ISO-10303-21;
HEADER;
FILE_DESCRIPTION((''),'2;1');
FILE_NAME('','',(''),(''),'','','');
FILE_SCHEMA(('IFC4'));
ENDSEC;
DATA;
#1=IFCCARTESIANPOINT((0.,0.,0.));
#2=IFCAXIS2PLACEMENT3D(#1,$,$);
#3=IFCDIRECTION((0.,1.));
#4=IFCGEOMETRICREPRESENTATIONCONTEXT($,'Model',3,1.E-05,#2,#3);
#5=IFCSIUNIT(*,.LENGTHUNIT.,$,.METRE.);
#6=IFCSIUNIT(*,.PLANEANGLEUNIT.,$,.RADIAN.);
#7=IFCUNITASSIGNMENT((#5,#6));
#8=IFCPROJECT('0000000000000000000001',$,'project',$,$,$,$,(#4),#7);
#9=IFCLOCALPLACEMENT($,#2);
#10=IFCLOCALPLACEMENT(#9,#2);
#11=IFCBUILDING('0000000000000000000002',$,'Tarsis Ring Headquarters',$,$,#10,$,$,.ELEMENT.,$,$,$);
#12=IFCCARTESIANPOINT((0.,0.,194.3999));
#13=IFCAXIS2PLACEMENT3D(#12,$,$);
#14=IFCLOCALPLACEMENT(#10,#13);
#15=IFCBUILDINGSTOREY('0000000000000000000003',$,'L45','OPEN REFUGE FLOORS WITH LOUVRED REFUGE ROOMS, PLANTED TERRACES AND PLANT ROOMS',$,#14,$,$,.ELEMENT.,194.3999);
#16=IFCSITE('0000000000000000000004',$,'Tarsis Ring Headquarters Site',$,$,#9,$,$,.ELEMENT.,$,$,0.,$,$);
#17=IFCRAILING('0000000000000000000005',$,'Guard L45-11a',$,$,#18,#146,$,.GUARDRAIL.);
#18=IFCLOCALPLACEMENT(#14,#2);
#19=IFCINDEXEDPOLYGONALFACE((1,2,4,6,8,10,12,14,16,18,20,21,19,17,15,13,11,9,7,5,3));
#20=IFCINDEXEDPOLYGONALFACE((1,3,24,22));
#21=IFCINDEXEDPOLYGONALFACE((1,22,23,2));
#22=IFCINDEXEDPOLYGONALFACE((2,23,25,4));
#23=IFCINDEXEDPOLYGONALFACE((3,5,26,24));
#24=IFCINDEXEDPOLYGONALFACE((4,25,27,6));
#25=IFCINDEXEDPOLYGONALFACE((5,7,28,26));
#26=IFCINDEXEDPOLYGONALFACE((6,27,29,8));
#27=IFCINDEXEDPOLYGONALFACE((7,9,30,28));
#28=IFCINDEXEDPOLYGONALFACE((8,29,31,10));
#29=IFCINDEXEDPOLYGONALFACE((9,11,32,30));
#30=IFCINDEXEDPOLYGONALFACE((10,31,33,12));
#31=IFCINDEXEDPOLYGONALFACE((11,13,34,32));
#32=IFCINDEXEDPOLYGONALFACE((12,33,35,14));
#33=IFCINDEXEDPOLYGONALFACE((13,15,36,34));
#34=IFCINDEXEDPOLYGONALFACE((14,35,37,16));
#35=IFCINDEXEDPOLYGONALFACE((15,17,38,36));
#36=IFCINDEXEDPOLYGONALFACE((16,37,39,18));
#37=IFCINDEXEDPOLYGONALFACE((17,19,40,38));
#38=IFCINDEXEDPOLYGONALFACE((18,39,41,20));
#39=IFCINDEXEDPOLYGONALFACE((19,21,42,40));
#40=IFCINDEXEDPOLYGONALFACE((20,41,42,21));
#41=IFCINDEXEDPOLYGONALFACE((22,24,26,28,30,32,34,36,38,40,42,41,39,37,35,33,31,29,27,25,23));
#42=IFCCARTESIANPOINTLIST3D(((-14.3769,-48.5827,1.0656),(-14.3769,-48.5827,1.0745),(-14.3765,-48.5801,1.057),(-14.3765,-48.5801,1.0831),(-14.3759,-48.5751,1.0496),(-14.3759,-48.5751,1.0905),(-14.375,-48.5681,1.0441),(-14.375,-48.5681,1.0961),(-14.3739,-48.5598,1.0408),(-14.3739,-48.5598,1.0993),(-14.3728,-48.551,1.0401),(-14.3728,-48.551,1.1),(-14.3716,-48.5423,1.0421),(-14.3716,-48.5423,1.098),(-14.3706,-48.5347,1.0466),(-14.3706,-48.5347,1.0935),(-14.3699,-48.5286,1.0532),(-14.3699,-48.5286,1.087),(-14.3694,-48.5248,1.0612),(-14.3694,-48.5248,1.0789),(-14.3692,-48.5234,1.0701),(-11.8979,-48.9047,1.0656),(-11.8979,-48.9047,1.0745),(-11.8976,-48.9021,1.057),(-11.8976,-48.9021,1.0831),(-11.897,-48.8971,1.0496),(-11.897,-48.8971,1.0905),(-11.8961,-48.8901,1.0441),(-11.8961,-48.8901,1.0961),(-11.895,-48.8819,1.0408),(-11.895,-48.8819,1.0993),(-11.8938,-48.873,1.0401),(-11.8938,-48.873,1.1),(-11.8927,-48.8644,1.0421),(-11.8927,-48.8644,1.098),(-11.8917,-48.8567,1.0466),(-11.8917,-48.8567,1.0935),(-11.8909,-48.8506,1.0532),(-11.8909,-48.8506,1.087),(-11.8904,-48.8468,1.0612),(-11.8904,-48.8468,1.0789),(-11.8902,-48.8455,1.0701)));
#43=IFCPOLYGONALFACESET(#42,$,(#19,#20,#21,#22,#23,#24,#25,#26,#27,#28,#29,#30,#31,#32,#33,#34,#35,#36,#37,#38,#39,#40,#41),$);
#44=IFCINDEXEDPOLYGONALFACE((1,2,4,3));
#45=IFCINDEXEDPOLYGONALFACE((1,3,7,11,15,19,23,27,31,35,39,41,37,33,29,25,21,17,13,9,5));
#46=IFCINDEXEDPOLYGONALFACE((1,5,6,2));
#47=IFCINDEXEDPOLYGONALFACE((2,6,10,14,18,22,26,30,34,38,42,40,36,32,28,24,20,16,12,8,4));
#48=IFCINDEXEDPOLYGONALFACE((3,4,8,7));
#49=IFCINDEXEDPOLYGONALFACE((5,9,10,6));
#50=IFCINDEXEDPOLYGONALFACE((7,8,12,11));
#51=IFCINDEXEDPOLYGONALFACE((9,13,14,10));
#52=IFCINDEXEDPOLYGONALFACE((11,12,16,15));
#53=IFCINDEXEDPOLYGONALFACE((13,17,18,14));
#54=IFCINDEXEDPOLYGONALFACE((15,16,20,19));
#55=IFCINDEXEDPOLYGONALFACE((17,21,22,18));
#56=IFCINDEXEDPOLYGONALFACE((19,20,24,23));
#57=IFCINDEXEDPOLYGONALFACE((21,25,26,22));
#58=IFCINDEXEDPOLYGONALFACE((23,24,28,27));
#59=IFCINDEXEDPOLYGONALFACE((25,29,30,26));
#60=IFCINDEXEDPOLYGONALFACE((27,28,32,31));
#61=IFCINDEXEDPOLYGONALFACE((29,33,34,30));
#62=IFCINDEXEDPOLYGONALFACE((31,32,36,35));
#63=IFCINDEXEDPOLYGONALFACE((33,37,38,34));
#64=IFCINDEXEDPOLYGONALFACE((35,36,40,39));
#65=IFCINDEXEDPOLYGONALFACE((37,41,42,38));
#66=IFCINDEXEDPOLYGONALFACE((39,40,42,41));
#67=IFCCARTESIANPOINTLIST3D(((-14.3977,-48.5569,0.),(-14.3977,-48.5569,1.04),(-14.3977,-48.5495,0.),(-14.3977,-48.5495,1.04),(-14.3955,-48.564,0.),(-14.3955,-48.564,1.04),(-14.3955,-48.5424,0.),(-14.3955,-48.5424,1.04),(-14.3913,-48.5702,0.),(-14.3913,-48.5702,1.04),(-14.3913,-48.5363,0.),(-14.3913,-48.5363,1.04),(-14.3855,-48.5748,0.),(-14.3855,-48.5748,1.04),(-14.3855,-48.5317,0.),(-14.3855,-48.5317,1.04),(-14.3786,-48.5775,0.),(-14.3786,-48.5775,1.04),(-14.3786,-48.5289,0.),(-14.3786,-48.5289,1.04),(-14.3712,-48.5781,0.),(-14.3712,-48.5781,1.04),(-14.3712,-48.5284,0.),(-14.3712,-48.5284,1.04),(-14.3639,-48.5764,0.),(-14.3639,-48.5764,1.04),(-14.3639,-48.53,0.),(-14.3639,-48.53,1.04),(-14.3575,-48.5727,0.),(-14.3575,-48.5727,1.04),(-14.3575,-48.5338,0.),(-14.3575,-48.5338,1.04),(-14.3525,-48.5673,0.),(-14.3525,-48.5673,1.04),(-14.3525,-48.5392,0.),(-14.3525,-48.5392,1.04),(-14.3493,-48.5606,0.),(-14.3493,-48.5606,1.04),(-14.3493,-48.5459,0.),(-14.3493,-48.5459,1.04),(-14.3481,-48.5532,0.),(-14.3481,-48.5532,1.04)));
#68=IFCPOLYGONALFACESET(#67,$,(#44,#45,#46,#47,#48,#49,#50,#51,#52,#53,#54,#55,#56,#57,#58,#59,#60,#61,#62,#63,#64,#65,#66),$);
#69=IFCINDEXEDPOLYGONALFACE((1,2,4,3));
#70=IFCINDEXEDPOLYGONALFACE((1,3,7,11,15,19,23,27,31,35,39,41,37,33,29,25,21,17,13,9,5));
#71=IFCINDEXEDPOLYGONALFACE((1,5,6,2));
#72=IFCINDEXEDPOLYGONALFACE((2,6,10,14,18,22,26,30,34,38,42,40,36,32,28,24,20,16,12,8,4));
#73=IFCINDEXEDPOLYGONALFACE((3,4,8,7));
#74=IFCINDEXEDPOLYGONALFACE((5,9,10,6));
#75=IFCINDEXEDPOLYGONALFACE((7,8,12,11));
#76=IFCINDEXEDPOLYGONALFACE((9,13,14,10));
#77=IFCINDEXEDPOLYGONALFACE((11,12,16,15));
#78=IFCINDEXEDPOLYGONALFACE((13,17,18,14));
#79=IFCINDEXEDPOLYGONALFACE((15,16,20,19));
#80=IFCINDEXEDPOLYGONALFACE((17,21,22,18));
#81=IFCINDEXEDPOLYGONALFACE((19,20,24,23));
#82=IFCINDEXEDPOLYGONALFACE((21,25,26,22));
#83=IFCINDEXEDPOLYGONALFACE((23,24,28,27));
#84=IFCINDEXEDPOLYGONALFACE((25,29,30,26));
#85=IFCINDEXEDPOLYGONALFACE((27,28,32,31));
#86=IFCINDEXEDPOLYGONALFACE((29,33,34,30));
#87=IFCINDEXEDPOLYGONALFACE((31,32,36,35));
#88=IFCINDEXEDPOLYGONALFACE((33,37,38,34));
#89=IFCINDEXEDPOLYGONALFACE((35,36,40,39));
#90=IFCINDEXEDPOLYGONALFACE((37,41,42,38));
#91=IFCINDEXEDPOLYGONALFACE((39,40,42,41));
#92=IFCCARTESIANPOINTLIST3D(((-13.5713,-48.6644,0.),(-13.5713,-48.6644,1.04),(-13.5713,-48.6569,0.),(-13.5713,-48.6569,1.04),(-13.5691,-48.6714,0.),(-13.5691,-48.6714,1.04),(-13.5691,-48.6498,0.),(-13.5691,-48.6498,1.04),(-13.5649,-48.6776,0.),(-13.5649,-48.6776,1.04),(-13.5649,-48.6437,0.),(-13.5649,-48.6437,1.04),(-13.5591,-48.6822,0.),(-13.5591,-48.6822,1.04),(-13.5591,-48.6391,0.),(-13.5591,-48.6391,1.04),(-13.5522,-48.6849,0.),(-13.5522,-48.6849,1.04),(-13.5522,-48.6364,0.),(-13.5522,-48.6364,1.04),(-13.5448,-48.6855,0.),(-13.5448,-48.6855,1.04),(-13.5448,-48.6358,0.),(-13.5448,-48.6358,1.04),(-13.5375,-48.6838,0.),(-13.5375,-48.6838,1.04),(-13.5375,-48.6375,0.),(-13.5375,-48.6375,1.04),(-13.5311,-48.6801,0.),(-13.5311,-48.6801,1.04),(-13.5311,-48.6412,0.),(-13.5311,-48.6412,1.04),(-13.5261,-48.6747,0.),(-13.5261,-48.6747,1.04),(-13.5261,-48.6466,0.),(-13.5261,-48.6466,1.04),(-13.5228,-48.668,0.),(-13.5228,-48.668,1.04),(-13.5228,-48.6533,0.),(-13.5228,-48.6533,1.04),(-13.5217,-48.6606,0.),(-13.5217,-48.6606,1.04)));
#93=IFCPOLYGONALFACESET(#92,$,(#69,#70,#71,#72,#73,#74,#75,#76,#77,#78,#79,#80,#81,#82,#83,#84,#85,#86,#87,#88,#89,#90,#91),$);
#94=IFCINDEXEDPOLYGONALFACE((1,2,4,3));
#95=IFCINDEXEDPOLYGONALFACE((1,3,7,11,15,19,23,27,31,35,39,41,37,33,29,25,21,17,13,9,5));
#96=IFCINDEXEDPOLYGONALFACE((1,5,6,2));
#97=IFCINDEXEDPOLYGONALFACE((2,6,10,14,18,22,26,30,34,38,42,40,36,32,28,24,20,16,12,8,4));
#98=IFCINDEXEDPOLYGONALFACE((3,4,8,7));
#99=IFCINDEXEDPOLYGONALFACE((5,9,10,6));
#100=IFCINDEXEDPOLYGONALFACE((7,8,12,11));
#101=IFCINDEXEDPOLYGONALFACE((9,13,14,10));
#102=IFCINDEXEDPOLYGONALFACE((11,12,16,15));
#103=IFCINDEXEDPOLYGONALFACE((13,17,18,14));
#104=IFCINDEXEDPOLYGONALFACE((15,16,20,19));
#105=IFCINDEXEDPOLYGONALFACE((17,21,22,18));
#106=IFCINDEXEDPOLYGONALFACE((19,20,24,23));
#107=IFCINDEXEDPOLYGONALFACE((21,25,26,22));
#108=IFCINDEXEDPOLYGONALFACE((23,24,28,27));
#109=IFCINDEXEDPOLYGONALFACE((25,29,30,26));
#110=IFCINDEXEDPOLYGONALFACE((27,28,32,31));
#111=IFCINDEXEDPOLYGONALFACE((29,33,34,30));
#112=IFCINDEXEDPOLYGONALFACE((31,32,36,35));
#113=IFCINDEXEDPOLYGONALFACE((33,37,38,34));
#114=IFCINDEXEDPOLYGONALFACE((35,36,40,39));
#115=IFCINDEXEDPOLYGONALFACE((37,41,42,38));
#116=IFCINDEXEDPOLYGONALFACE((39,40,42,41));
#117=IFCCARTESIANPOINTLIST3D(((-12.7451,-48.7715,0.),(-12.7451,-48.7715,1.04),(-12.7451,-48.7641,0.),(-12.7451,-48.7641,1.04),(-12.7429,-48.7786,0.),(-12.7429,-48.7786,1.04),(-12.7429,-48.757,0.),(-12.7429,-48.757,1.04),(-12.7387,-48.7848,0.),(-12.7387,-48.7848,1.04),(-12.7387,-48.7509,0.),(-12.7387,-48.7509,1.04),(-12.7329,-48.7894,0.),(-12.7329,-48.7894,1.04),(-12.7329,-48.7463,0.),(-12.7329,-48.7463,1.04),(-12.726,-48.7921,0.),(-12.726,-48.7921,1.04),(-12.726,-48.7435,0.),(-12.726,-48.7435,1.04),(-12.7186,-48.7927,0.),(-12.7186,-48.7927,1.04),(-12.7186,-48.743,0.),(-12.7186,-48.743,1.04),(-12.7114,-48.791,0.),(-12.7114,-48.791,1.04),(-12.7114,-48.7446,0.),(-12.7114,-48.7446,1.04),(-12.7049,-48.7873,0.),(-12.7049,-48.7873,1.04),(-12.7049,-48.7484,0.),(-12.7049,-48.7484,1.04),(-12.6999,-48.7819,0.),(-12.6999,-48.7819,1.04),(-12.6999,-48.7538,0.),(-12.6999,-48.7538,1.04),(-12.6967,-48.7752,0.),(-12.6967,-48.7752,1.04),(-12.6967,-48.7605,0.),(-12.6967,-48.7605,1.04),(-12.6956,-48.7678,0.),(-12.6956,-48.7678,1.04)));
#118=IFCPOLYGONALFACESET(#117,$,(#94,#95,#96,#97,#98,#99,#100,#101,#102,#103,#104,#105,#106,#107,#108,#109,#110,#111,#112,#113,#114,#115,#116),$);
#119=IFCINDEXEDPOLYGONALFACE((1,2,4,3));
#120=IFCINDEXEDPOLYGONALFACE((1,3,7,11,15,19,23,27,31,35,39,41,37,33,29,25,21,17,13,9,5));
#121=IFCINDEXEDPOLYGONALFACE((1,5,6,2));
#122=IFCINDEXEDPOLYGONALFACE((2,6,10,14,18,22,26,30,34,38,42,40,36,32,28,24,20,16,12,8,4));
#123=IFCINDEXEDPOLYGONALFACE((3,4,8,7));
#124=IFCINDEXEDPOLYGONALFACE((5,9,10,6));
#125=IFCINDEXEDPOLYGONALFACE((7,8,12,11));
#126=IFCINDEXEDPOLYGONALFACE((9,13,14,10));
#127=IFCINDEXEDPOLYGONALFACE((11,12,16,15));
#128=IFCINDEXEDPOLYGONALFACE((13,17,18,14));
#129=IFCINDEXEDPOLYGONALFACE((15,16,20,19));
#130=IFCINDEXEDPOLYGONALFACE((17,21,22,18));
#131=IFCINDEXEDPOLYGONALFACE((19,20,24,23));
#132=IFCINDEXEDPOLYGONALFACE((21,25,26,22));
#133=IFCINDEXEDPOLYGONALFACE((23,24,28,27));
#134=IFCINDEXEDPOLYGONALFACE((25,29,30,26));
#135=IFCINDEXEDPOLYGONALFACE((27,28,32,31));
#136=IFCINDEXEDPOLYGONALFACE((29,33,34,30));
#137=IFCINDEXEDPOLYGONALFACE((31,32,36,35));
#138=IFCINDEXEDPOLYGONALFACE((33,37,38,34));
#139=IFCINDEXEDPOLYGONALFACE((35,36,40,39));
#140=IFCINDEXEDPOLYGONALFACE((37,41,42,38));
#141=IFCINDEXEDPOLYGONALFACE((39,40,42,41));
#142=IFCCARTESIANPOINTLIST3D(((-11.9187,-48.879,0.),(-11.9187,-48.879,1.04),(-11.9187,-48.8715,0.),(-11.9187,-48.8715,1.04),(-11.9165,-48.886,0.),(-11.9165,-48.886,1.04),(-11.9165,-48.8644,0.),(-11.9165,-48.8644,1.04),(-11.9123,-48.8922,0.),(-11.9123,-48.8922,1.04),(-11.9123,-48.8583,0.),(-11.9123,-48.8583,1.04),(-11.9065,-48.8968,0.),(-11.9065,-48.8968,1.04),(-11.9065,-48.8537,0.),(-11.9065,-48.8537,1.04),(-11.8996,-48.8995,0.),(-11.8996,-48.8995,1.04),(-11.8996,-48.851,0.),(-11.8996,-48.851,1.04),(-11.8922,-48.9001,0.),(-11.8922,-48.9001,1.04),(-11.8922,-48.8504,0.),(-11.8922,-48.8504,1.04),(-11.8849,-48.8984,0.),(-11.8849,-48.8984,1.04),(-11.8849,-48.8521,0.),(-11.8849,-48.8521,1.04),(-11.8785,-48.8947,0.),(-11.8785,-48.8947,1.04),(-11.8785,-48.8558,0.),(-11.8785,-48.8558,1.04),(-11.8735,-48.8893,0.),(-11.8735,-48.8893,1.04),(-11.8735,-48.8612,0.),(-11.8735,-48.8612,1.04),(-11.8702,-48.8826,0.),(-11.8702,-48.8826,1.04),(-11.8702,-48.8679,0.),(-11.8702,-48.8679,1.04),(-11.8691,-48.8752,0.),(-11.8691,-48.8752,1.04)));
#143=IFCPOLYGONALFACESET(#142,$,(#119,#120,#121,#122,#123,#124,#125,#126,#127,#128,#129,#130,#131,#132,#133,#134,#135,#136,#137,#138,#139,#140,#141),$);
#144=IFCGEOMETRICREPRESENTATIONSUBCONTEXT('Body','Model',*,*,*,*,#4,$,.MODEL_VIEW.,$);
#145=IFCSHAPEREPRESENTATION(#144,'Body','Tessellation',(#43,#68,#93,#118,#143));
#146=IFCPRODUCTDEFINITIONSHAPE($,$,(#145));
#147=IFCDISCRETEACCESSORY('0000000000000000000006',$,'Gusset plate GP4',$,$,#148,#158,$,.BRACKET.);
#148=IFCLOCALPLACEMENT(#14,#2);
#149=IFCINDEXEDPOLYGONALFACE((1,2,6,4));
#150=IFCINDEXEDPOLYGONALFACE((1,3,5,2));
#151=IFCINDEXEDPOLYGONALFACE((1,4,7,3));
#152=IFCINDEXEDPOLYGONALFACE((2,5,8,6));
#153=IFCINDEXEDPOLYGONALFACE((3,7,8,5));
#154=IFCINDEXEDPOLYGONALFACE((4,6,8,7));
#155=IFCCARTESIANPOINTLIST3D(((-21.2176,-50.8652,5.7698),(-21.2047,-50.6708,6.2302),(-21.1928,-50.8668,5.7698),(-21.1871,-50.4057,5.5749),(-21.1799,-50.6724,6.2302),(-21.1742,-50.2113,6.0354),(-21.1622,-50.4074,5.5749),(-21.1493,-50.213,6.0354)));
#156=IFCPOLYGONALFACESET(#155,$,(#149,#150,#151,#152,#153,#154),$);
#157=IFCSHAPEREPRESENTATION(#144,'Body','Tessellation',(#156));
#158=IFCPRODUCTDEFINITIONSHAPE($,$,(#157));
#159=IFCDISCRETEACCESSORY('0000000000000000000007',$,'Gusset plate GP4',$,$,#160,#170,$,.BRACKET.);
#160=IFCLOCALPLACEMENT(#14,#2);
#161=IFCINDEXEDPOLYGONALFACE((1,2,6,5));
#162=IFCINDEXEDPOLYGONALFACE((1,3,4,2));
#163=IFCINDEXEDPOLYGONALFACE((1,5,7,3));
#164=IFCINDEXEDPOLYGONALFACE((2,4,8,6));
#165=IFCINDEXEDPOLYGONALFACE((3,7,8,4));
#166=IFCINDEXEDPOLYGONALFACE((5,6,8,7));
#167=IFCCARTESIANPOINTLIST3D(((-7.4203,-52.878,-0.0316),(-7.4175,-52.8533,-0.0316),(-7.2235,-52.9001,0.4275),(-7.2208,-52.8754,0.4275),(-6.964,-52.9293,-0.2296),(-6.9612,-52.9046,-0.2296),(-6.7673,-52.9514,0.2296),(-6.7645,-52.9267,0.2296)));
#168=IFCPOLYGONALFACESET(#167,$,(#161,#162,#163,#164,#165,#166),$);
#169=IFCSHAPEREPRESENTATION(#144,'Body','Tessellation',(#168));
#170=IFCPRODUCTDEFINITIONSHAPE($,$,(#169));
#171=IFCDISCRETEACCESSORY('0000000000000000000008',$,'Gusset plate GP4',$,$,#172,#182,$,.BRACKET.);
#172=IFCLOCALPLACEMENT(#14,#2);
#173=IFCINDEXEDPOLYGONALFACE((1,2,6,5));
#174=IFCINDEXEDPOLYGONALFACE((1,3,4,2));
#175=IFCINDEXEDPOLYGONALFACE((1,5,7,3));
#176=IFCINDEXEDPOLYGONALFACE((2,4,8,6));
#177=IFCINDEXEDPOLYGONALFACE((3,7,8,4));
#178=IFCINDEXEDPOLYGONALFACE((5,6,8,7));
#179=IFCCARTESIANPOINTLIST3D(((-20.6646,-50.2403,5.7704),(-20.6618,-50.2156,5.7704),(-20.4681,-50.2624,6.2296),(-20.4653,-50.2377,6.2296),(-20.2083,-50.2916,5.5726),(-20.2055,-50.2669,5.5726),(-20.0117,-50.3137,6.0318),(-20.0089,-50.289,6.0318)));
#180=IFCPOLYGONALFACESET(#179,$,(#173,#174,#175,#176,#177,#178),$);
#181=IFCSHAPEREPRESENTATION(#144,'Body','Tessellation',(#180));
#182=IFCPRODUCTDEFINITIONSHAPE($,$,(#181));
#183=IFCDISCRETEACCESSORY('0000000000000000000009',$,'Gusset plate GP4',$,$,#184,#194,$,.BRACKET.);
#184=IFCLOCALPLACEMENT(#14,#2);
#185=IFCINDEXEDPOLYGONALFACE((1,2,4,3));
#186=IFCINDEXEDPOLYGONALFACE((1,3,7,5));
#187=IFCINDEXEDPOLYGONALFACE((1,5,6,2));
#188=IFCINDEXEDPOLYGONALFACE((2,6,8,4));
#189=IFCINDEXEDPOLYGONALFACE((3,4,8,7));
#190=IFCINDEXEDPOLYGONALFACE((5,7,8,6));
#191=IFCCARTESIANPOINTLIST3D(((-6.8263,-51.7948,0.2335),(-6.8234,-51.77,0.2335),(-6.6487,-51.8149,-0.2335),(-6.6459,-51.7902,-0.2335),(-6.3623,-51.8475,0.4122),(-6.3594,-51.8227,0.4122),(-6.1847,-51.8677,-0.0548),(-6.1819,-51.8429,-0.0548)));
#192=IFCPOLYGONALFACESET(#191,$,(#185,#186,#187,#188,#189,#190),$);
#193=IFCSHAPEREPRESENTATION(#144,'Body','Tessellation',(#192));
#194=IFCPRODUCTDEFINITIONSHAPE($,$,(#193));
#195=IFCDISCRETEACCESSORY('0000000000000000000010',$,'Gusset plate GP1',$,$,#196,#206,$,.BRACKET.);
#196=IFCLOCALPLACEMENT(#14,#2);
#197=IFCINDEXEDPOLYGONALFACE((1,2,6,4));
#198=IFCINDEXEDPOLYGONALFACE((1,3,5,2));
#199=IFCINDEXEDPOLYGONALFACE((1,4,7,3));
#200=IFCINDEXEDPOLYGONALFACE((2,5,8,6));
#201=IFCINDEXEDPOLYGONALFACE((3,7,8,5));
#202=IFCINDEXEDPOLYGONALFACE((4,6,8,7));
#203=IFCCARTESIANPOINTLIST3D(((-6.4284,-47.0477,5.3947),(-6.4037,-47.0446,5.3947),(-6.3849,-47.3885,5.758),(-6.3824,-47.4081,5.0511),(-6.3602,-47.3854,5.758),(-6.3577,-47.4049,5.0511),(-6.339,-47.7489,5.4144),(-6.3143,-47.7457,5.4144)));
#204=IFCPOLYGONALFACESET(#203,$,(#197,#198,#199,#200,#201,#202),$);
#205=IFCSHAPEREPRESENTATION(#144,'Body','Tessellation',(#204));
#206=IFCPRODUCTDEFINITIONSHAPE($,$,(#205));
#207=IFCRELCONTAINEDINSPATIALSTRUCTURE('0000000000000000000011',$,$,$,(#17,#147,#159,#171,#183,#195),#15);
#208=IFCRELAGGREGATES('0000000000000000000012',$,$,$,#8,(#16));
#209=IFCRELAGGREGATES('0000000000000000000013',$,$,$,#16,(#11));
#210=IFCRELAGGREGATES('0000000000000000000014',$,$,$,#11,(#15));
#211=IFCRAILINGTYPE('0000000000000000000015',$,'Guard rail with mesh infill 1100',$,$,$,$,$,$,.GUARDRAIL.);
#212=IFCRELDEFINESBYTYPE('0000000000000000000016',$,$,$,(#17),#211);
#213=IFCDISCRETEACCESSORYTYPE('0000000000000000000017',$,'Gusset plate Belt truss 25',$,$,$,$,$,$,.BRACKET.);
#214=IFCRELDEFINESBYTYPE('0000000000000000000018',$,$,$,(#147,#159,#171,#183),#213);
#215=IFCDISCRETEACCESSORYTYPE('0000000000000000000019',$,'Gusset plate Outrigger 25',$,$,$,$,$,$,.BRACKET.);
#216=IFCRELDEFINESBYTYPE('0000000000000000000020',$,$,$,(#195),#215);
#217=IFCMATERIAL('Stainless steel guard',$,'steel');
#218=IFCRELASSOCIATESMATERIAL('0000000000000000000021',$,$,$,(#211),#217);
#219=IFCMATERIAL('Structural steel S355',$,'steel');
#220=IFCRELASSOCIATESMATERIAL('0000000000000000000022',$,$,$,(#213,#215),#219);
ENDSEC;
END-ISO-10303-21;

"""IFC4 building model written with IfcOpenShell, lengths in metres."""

from ifc_helpers import new_model, si_unit, direction, frame, origin, origin_2d, place, context, subcontext, project, spatial, rectangle, circle, extrude, material, material_profile, profile_set, type_object, element, save


model = new_model("IFC4")

# Units and contexts
model_context = context("Model", 3, precision=1e-05, world=origin(), true_north=direction((0.0, 1.0)))
body_context = subcontext(model_context, "Body", "Model", "MODEL_VIEW")
ifc_project = project(units=[si_unit("LENGTHUNIT", "METRE"), si_unit("PLANEANGLEUNIT", "RADIAN")], contexts=[model_context])

# Site, building, storey
site_placement = place(None, origin())
site = spatial("IfcSite", under=ifc_project, at=site_placement, Name="Tarsis Ring Headquarters Site", CompositionType="ELEMENT", RefElevation=0.0)
building_placement = place(site_placement, origin())
building = spatial("IfcBuilding", under=site, at=building_placement, Name="Tarsis Ring Headquarters", CompositionType="ELEMENT")
storey_placement = place(building_placement, frame((0.0, 0.0, 194.3999)))
storey = spatial("IfcBuildingStorey", under=building, at=storey_placement, Name="L45", Description="OPEN REFUGE FLOORS WITH LOUVRED REFUGE ROOMS, PLANTED TERRACES AND PLANT ROOMS", CompositionType="ELEMENT", Elevation=194.3999)

# Shared definitions
ifc_material_1 = material(Name="Structural steel S355", Category="steel")

# Railing
ifc_material_2 = material(Name="Stainless steel guard", Category="steel")
railing_type_1 = type_object("IfcRailingType", Name="Guard rail with mesh infill 1100", PredefinedType="GUARDRAIL", material=ifc_material_2)
railing_1_placement = place(storey_placement, frame((-14.373, -48.5532, 0.0)))
element("IfcRailing", 1, at=railing_1_placement, inside=storey, type_object=railing_type_1, Name="Guard L45-11a", PredefinedType="GUARDRAIL", context=body_context, shape_type="SweptSolid", body=[
    extrude(circle(Radius=0.03, at=origin_2d()), frame((0.0, 0.0, 1.0701), z_axis=(0.991668, -0.128817, 0.0), x_axis=(0.128817, 0.991668, 0.0)), (0.0, 0.0, 1.0), 2.4998),
    extrude(circle(Radius=0.0249, at=origin_2d()), origin(), (0.0, 0.0, 1.0), 1.04),
    extrude(circle(Radius=0.0249, at=origin_2d()), frame((0.8264, -0.1074, 0.0)), (0.0, 0.0, 1.0), 1.04),
    extrude(circle(Radius=0.0249, at=origin_2d()), frame((1.6526, -0.2146, 0.0)), (0.0, 0.0, 1.0), 1.04),
    extrude(circle(Radius=0.0249, at=origin_2d()), frame((2.479, -0.322, 0.0)), (0.0, 0.0, 1.0), 1.04),
])

# Discrete accessories
ifc_material_profile_1 = material_profile(ifc_material_1, rectangle(XDim=0.0249, YDim=0.5, at=origin_2d()), Name="PL 25x500")
ifc_profile_set_1 = profile_set([ifc_material_profile_1], Name="Structural steel S355")
discrete_accessory_type_1 = type_object("IfcDiscreteAccessoryType", Name="Gusset plate Belt truss 25", PredefinedType="BRACKET", material=ifc_profile_set_1)
for number, where, z_axis, x_axis, name in (
    (2, (-21.1987, -50.7688, 6.0), (0.061035, 0.91894, -0.389646), (-0.997802, 0.066273, 0.0), "Gusset plate GP4"),
    (3, (-6.8643, -52.928, 0.0), (-0.912524, 0.102531, 0.395964), (-0.111657, -0.993747, 0.0), "Gusset plate GP4"),
    (4, (-20.5649, -50.239, 6.0), (0.9127, -0.102551, -0.395552), (0.111657, 0.993747, 0.0), "Gusset plate GP4"),
    (5, (-6.7361, -51.7925, 0.0), (0.928004, -0.105444, 0.357338), (0.112898, 0.993607, 0.0), "Gusset plate GP4"),
):
    element("IfcDiscreteAccessory", number, at=place(storey_placement, frame(where, z_axis=z_axis, x_axis=x_axis)), inside=storey, type_object=discrete_accessory_type_1, Name=name, PredefinedType="BRACKET", context=body_context, shape_type="SweptSolid", body=[
        extrude(rectangle(XDim=0.0249, YDim=0.5, at=origin_2d()), origin(), (0.0, 0.0, 1.0), 0.5),
    ])
discrete_accessory_type_2 = type_object("IfcDiscreteAccessoryType", Name="Gusset plate Outrigger 25", PredefinedType="BRACKET", material=ifc_profile_set_1)
discrete_accessory_1_placement = place(storey_placement, frame((-6.3496, -47.5671, 5.5862), z_axis=(-0.086911, 0.681613, -0.726533), x_axis=(-0.991969, -0.126483, 0.0)))
element("IfcDiscreteAccessory", 6, at=discrete_accessory_1_placement, inside=storey, type_object=discrete_accessory_type_2, Name="Gusset plate GP1", PredefinedType="BRACKET", context=body_context, shape_type="SweptSolid", body=[
    extrude(rectangle(XDim=0.0249, YDim=0.5, at=origin_2d()), origin(), (0.0, 0.0, 1.0), 0.5),
])

save(model, "model.ifc")
